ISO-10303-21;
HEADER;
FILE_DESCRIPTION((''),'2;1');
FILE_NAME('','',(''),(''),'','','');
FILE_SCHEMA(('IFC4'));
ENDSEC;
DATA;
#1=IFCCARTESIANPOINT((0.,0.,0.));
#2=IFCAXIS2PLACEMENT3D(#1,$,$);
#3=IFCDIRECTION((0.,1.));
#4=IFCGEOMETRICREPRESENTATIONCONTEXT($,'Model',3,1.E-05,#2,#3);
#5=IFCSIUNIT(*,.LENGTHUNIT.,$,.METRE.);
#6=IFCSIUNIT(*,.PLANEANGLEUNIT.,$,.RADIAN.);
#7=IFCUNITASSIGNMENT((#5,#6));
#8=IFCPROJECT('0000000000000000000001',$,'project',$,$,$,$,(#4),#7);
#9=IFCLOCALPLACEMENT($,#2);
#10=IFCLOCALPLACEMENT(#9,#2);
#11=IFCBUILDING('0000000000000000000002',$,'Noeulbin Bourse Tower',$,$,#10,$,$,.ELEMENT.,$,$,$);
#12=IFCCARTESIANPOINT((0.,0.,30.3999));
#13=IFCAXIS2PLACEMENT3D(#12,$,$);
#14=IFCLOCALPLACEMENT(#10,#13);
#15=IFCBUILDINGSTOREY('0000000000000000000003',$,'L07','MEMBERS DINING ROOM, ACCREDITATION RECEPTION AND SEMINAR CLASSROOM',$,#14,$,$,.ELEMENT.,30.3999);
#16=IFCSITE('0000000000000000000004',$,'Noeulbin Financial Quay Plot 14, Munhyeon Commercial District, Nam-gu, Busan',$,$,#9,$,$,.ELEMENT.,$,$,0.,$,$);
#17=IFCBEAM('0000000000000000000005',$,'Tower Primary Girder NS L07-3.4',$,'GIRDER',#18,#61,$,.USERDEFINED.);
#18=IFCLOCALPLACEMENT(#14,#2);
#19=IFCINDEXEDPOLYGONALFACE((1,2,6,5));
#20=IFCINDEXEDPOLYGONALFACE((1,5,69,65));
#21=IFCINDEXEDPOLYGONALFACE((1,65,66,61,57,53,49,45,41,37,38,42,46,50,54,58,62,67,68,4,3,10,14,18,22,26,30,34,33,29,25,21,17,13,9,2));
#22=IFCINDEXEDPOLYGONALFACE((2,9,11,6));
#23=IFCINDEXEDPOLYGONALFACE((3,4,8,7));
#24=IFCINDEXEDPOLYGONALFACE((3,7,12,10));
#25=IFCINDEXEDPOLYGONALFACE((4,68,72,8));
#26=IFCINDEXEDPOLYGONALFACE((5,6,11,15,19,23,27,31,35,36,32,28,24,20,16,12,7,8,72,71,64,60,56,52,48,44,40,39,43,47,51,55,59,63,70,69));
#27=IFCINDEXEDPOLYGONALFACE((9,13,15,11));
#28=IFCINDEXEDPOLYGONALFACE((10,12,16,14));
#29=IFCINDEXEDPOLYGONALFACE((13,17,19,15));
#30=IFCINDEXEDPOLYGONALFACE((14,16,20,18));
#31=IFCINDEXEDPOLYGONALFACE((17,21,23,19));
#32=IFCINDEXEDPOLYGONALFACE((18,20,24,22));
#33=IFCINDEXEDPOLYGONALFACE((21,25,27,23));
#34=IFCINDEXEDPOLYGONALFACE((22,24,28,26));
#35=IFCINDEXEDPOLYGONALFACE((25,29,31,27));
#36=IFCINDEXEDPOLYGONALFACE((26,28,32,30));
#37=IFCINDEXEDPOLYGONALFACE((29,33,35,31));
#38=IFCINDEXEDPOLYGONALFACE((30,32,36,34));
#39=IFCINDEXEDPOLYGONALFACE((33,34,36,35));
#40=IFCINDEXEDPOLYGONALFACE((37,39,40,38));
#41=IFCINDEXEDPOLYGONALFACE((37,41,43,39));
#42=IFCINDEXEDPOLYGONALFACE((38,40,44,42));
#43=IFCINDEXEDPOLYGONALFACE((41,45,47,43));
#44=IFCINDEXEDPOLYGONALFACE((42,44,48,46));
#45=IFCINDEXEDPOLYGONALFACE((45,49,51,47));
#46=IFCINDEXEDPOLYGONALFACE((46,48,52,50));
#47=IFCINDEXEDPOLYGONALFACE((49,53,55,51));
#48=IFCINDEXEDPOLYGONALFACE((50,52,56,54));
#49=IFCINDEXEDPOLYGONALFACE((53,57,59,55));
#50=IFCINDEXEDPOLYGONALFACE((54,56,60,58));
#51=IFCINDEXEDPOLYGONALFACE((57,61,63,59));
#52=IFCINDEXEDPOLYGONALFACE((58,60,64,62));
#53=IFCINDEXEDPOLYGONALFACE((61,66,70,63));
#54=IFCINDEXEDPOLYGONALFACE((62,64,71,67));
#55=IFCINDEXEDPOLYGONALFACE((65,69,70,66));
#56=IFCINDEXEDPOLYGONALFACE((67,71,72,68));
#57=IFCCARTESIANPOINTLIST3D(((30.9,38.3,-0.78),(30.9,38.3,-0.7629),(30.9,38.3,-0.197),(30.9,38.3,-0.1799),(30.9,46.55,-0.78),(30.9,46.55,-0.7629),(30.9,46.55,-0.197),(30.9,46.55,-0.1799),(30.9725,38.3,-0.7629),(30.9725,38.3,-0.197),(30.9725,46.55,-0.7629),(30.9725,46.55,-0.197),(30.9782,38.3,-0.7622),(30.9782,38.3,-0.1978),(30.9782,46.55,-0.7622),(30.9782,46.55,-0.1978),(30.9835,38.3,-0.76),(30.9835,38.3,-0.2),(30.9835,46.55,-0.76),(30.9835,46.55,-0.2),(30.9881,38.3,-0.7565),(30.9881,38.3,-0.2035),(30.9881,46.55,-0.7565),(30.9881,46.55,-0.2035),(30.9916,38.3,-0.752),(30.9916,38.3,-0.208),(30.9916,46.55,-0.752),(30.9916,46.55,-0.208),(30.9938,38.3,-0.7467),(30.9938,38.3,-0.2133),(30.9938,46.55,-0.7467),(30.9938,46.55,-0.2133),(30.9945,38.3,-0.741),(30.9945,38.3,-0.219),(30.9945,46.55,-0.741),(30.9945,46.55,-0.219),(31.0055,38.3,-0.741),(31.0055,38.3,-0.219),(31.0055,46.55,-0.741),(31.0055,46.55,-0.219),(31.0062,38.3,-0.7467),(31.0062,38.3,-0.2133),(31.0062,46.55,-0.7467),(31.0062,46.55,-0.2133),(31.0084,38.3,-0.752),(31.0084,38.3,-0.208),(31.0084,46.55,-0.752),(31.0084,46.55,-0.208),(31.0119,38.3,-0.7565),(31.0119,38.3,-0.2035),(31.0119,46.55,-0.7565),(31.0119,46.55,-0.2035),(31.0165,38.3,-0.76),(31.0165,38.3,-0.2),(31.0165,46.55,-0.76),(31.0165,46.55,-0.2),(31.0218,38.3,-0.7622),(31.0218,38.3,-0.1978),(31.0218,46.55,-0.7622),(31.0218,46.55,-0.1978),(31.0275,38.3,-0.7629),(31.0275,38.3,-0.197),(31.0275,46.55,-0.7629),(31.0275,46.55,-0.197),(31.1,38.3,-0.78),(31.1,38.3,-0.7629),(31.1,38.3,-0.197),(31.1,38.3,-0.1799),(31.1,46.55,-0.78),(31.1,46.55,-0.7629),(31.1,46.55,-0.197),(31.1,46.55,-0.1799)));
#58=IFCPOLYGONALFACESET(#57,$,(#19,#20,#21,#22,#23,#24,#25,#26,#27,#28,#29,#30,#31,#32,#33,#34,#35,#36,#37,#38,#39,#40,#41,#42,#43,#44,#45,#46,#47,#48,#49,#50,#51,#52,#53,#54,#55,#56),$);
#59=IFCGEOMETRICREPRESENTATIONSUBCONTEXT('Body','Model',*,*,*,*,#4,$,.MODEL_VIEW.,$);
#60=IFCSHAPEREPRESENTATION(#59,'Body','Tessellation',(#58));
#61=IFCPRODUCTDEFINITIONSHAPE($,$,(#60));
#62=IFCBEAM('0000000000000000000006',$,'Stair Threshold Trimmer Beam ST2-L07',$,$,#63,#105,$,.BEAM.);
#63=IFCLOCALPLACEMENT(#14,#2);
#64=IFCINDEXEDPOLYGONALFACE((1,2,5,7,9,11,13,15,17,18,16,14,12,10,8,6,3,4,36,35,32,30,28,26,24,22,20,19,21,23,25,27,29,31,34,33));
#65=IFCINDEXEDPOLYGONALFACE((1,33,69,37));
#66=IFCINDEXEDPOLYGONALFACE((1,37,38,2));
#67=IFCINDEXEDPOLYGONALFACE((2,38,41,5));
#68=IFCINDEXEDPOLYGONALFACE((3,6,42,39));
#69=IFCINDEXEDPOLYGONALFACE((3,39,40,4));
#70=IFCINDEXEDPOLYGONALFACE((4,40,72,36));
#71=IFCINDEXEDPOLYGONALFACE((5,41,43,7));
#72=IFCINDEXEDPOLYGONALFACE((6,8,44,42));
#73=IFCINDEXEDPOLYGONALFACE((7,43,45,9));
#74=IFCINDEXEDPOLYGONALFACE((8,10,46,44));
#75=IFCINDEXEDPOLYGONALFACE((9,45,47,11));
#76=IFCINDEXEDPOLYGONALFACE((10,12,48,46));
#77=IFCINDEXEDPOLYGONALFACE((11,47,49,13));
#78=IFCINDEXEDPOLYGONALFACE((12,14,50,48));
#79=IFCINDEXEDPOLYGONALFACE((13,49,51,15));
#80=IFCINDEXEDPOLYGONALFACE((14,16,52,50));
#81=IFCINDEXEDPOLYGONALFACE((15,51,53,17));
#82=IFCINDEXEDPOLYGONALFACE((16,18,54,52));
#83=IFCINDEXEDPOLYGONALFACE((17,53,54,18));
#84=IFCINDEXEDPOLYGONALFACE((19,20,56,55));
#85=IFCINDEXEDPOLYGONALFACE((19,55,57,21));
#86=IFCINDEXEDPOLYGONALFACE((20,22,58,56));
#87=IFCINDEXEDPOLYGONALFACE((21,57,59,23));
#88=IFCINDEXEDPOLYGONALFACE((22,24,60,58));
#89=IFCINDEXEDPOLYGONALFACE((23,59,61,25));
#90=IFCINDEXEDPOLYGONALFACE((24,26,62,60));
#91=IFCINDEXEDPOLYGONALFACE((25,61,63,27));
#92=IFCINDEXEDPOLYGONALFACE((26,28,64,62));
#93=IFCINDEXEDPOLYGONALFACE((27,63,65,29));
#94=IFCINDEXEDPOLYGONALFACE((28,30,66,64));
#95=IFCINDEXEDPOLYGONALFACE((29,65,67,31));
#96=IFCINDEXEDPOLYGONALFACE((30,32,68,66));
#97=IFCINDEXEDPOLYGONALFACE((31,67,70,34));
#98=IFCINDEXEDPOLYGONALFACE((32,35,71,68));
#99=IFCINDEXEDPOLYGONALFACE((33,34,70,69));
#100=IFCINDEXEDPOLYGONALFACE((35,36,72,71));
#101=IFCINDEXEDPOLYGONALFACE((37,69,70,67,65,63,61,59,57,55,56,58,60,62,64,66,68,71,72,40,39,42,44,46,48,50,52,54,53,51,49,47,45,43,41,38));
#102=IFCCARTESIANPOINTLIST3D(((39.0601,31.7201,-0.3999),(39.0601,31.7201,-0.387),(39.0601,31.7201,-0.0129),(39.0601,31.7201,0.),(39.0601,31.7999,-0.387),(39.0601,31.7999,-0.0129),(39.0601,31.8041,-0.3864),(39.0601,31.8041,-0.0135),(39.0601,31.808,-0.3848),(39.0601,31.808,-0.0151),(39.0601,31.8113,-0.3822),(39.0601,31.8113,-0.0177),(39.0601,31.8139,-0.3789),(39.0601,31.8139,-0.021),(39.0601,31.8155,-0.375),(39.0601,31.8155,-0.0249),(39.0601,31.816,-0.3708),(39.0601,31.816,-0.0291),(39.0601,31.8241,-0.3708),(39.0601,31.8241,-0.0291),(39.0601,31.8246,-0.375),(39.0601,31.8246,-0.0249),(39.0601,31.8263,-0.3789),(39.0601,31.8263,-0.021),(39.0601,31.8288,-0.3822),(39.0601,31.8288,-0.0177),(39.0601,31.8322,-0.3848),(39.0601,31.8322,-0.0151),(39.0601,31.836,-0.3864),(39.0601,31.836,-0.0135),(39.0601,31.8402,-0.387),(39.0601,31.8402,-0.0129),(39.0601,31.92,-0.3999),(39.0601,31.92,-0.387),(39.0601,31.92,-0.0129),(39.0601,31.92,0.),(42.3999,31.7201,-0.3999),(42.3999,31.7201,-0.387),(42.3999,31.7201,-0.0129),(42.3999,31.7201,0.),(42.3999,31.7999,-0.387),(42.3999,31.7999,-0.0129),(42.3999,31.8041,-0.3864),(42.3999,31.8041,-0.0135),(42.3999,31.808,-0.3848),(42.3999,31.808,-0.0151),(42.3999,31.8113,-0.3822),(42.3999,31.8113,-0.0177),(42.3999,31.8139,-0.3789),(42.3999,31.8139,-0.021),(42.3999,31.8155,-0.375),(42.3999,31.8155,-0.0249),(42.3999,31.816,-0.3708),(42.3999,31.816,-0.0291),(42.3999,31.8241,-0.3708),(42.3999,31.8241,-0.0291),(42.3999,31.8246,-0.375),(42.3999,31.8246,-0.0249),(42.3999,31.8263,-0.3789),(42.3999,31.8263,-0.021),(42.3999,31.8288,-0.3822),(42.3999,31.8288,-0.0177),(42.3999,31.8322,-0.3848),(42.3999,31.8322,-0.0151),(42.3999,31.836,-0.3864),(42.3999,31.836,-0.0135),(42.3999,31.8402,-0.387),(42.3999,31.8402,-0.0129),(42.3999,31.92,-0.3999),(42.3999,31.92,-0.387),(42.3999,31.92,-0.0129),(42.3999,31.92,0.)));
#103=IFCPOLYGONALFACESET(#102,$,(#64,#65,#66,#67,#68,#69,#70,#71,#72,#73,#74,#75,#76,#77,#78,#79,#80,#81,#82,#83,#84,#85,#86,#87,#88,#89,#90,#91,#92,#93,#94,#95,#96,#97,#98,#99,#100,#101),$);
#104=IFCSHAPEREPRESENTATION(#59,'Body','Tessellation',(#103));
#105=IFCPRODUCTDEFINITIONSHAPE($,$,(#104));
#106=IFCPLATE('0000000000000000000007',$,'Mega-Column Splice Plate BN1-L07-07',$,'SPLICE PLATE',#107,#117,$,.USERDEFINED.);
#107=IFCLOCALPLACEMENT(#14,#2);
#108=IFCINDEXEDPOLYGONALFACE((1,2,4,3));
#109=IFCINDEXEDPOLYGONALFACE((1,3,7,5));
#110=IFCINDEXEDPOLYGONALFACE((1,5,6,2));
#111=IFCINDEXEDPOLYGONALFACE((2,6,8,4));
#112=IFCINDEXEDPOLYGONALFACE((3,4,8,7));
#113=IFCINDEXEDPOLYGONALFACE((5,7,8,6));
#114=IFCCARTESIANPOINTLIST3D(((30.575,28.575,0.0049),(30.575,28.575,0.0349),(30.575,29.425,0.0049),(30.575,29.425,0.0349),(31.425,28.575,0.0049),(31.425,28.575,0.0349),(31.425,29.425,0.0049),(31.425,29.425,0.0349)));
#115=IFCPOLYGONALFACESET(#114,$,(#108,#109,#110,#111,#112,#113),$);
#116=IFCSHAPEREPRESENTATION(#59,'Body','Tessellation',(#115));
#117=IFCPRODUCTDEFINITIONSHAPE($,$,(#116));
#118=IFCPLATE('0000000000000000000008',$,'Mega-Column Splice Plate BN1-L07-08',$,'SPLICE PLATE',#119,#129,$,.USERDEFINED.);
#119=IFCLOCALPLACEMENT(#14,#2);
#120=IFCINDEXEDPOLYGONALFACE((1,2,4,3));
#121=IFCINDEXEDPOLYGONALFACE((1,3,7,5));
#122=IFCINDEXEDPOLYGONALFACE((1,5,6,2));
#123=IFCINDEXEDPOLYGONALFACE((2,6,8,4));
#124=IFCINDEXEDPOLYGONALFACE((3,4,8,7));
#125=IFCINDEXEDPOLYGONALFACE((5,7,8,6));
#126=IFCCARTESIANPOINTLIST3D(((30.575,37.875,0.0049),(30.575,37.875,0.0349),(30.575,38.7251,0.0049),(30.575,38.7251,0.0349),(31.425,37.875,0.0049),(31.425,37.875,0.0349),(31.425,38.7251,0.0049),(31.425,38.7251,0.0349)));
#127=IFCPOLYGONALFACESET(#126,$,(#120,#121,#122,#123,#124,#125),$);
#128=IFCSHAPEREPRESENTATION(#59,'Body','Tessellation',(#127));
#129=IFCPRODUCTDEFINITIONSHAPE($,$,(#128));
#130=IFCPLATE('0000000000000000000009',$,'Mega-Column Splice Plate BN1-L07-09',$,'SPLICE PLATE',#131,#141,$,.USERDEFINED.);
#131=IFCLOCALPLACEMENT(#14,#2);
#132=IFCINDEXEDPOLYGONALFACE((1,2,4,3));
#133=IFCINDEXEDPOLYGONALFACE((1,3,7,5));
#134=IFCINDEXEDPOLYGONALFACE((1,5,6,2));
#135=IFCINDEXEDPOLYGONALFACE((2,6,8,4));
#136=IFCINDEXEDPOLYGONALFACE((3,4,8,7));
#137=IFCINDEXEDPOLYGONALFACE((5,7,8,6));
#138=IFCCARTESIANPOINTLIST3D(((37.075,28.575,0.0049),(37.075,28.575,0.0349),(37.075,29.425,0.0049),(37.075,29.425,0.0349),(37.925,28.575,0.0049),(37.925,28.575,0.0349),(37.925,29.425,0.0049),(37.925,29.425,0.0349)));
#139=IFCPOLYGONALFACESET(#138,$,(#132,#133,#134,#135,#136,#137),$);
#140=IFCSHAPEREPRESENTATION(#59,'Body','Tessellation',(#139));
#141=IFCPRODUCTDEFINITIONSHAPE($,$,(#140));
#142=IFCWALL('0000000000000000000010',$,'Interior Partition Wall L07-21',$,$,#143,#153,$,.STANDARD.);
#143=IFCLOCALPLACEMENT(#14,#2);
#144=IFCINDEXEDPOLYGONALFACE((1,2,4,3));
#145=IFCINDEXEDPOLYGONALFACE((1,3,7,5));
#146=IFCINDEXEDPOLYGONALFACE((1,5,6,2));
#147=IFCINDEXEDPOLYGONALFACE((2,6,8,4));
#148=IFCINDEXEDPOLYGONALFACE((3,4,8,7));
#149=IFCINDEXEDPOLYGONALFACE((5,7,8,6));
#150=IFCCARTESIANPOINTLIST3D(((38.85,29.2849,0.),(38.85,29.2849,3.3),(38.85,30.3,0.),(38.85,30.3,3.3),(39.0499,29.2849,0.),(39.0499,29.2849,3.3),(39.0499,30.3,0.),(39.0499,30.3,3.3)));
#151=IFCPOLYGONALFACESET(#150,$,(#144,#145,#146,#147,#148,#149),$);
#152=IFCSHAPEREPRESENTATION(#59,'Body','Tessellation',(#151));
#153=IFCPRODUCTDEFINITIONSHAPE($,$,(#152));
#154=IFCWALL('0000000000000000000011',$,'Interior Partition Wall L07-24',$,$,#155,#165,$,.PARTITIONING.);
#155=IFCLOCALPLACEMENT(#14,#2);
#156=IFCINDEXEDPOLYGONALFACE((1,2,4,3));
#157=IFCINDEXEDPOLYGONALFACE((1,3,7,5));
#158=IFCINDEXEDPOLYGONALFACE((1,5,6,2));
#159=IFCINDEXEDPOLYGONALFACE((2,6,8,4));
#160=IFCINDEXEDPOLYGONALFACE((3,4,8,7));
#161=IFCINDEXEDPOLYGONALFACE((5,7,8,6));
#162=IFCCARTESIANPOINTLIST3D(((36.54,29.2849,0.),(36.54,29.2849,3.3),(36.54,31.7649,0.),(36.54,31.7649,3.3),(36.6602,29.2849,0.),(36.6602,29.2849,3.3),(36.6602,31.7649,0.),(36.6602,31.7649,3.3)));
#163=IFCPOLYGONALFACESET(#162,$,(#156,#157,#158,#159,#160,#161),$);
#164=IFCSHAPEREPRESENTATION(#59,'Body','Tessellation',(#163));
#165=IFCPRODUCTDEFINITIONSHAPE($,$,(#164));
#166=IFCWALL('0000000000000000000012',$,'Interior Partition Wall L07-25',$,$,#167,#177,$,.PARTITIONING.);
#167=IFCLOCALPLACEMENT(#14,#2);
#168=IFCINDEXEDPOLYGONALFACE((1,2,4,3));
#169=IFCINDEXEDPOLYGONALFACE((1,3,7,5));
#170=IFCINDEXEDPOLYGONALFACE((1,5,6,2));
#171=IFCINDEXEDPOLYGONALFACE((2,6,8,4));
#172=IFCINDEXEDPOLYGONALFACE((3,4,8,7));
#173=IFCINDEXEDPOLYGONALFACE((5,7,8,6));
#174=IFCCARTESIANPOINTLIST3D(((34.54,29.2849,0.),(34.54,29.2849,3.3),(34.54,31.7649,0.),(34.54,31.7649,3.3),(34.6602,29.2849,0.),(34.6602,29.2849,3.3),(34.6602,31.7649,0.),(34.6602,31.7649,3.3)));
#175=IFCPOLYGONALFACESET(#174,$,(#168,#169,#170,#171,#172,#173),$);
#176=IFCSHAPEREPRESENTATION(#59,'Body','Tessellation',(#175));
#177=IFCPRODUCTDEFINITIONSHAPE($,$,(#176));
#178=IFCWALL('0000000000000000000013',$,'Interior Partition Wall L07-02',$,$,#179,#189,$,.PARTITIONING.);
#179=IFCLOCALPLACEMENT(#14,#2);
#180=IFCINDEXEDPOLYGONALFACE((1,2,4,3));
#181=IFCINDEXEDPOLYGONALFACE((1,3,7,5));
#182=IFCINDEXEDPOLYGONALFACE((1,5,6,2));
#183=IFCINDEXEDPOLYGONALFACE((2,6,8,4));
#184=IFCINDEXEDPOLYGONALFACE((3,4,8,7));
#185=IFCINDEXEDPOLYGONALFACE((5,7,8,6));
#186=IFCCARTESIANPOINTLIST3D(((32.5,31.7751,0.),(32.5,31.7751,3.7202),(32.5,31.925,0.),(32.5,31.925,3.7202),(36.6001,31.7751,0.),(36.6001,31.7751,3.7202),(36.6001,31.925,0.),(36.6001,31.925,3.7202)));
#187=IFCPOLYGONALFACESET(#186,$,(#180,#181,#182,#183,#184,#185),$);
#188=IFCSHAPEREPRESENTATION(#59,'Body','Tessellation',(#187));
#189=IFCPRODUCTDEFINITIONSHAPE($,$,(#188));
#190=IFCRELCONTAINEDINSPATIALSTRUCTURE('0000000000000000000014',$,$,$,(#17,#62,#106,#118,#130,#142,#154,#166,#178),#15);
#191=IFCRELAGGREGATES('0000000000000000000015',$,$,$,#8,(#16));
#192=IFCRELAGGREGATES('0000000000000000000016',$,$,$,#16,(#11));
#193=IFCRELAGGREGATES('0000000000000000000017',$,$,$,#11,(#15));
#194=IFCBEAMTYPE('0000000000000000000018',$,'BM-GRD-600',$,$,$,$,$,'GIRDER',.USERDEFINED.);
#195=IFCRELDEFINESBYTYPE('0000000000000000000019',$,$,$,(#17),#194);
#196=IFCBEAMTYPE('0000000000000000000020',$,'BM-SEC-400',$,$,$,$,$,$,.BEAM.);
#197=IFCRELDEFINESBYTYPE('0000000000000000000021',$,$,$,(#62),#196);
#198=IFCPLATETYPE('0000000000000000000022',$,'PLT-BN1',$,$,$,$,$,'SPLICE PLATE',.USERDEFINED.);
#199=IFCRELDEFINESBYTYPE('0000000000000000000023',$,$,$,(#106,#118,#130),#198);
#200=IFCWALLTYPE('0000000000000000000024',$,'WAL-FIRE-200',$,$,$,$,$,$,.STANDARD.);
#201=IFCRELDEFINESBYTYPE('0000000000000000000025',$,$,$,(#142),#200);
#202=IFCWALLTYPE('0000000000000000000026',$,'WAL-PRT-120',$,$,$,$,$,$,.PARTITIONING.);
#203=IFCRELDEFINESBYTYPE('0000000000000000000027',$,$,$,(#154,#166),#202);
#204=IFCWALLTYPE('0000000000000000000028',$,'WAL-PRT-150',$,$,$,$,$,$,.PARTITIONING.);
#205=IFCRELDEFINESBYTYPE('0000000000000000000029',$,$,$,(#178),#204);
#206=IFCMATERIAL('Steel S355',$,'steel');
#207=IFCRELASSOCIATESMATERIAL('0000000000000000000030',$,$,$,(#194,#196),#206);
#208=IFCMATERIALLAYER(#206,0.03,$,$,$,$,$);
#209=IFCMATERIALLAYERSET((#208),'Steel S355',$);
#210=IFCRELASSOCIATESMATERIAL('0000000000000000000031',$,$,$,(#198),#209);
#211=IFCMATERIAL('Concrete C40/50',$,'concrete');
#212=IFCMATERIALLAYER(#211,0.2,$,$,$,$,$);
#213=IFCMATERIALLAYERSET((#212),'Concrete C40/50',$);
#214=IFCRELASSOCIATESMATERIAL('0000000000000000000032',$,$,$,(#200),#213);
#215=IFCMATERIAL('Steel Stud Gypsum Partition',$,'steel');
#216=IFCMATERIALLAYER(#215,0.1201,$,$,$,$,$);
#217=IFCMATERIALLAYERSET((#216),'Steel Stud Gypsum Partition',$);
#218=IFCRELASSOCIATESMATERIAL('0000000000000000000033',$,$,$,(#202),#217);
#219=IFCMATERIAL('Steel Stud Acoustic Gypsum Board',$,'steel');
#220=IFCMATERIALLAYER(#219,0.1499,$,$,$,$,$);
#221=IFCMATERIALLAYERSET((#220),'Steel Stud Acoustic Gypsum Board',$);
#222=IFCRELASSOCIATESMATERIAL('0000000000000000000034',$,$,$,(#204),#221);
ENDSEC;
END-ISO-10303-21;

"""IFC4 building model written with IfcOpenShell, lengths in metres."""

from ifc_helpers import new_model, si_unit, direction, frame, frame_2d, origin, origin_2d, place, context, subcontext, project, spatial, rectangle, i_section, extrude, material, layer, layer_set, material_profile, profile_set, type_object, element, save


model = new_model("IFC4")

# Units and contexts
model_context = context("Model", 3, precision=1e-05, world=origin(), true_north=direction((0.0, 1.0)))
body_context = subcontext(model_context, "Body", "Model", "MODEL_VIEW")
ifc_project = project(units=[si_unit("LENGTHUNIT", "METRE"), si_unit("PLANEANGLEUNIT", "RADIAN")], contexts=[model_context])

# Site, building, storey
site_placement = place(None, origin())
site = spatial("IfcSite", under=ifc_project, at=site_placement, Name="Noeulbin Financial Quay Plot 14, Munhyeon Commercial District, Nam-gu, Busan", CompositionType="ELEMENT", RefElevation=0.0)
building_placement = place(site_placement, origin())
building = spatial("IfcBuilding", under=site, at=building_placement, Name="Noeulbin Bourse Tower", CompositionType="ELEMENT")
storey_placement = place(building_placement, frame((0.0, 0.0, 30.3999)))
storey = spatial("IfcBuildingStorey", under=building, at=storey_placement, Name="L07", Description="MEMBERS DINING ROOM, ACCREDITATION RECEPTION AND SEMINAR CLASSROOM", CompositionType="ELEMENT", Elevation=30.3999)

# Beams
ifc_material_1 = material(Name="Steel S355", Category="steel")
ifc_material_profile_1 = material_profile(ifc_material_1, i_section(OverallWidth=0.2, OverallDepth=0.6001, WebThickness=0.011, FlangeThickness=0.0171, FilletRadius=0.022, at=origin_2d()), Name="H-600x200x11x17", Category="LoadBearing")
ifc_profile_set_1 = profile_set([ifc_material_profile_1], Name="Steel S355")
beam_type_1 = type_object("IfcBeamType", Name="BM-GRD-600", ElementType="GIRDER", PredefinedType="USERDEFINED", material=ifc_profile_set_1)
beam_1_placement = place(storey_placement, frame((31.0, 38.3, -0.48), z_axis=(0.0, 1.0, 0.0), x_axis=(-1.0, 0.0, 0.0)))
element("IfcBeam", 1, at=beam_1_placement, inside=storey, type_object=beam_type_1, Name="Tower Primary Girder NS L07-3.4", ObjectType="GIRDER", PredefinedType="USERDEFINED", context=body_context, shape_type="SweptSolid", body=[
    extrude(i_section(OverallWidth=0.2, OverallDepth=0.6001, WebThickness=0.011, FlangeThickness=0.0171, FilletRadius=0.022, at=origin_2d()), origin(), (0.0, 0.0, 1.0), 8.25),
])
ifc_material_profile_2 = material_profile(ifc_material_1, i_section(OverallWidth=0.2, OverallDepth=0.3999, WebThickness=0.0081, FlangeThickness=0.0129, FilletRadius=0.0161, at=origin_2d()), Name="H-400x200x8x13", Category="LoadBearing")
ifc_profile_set_2 = profile_set([ifc_material_profile_2], Name="Steel S355")
beam_type_2 = type_object("IfcBeamType", Name="BM-SEC-400", PredefinedType="BEAM", material=ifc_profile_set_2)
beam_2_placement = place(storey_placement, frame((39.0601, 31.8201, -0.2), z_axis=(1.0, 0.0, 0.0), x_axis=(0.0, 1.0, 0.0)))
element("IfcBeam", 2, at=beam_2_placement, inside=storey, type_object=beam_type_2, Name="Stair Threshold Trimmer Beam ST2-L07", PredefinedType="BEAM", context=body_context, shape_type="SweptSolid", body=[
    extrude(i_section(OverallWidth=0.2, OverallDepth=0.3999, WebThickness=0.0081, FlangeThickness=0.0129, FilletRadius=0.0161, at=origin_2d()), origin(), (0.0, 0.0, 1.0), 3.3398),
])

# Plates
ifc_layer_1 = layer(ifc_material_1, 0.03)
ifc_layer_set_1 = layer_set([ifc_layer_1], Name="Steel S355")
plate_type = type_object("IfcPlateType", Name="PLT-BN1", ElementType="SPLICE PLATE", PredefinedType="USERDEFINED", material=ifc_layer_set_1)
for number, where, z_axis, x_axis, name in (
    (3, (31.0, 29.0, 0.0049), (0.0, 0.0, 1.0), (1.0, 0.0, 0.0), "Mega-Column Splice Plate BN1-L07-07"),
    (4, (31.0, 38.3, 0.0049), (0.0, 0.0, 1.0), (1.0, 0.0, 0.0), "Mega-Column Splice Plate BN1-L07-08"),
    (5, (37.5, 29.0, 0.0049), (0.0, 0.0, 1.0), (1.0, 0.0, 0.0), "Mega-Column Splice Plate BN1-L07-09"),
):
    element("IfcPlate", number, at=place(storey_placement, frame(where, z_axis=z_axis, x_axis=x_axis)), inside=storey, type_object=plate_type, Name=name, ObjectType="SPLICE PLATE", PredefinedType="USERDEFINED", context=body_context, shape_type="SweptSolid", body=[
        extrude(rectangle(XDim=0.8501, YDim=0.8501, at=origin_2d()), origin(), (0.0, 0.0, 1.0), 0.03),
    ])

# Walls
ifc_material_2 = material(Name="Concrete C40/50", Category="concrete")
ifc_layer_2 = layer(ifc_material_2, 0.2)
ifc_layer_set_2 = layer_set([ifc_layer_2], Name="Concrete C40/50")
wall_type_1 = type_object("IfcWallType", Name="WAL-FIRE-200", PredefinedType="STANDARD", material=ifc_layer_set_2)
wall_1_placement = place(storey_placement, frame((38.95, 29.2849, 0.0), z_axis=(0.0, 0.0, 1.0), x_axis=(0.0, 1.0, 0.0)))
element("IfcWall", 6, at=wall_1_placement, inside=storey, type_object=wall_type_1, Name="Interior Partition Wall L07-21", PredefinedType="STANDARD", context=body_context, shape_type="SweptSolid", body=[
    extrude(rectangle(XDim=1.0151, YDim=0.2, at=frame_2d((0.5076, 0.0))), origin(), (0.0, 0.0, 1.0), 3.3),
])
ifc_material_3 = material(Name="Steel Stud Gypsum Partition", Category="steel")
ifc_layer_3 = layer(ifc_material_3, 0.1201)
ifc_layer_set_3 = layer_set([ifc_layer_3], Name="Steel Stud Gypsum Partition")
wall_type_2 = type_object("IfcWallType", Name="WAL-PRT-120", PredefinedType="PARTITIONING", material=ifc_layer_set_3)
for number, where, z_axis, x_axis, name in (
    (7, (36.6001, 29.2849, 0.0), (0.0, 0.0, 1.0), (0.0, 1.0, 0.0), "Interior Partition Wall L07-24"),
    (8, (34.6001, 29.2849, 0.0), (0.0, 0.0, 1.0), (0.0, 1.0, 0.0), "Interior Partition Wall L07-25"),
):
    element("IfcWall", number, at=place(storey_placement, frame(where, z_axis=z_axis, x_axis=x_axis)), inside=storey, type_object=wall_type_2, Name=name, PredefinedType="PARTITIONING", context=body_context, shape_type="SweptSolid", body=[
        extrude(rectangle(XDim=2.48, YDim=0.1201, at=frame_2d((1.24, 0.0))), origin(), (0.0, 0.0, 1.0), 3.3),
    ])
ifc_material_4 = material(Name="Steel Stud Acoustic Gypsum Board", Category="steel")
ifc_layer_4 = layer(ifc_material_4, 0.1499)
ifc_layer_set_4 = layer_set([ifc_layer_4], Name="Steel Stud Acoustic Gypsum Board")
wall_type_3 = type_object("IfcWallType", Name="WAL-PRT-150", PredefinedType="PARTITIONING", material=ifc_layer_set_4)
wall_2_placement = place(storey_placement, frame((32.5, 31.8501, 0.0), z_axis=(0.0, 0.0, 1.0), x_axis=(1.0, 0.0, 0.0)))
element("IfcWall", 9, at=wall_2_placement, inside=storey, type_object=wall_type_3, Name="Interior Partition Wall L07-02", PredefinedType="PARTITIONING", context=body_context, shape_type="SweptSolid", body=[
    extrude(rectangle(XDim=4.1001, YDim=0.1499, at=frame_2d((2.05, 0.0))), origin(), (0.0, 0.0, 1.0), 3.7202),
])

save(model, "model.ifc")
